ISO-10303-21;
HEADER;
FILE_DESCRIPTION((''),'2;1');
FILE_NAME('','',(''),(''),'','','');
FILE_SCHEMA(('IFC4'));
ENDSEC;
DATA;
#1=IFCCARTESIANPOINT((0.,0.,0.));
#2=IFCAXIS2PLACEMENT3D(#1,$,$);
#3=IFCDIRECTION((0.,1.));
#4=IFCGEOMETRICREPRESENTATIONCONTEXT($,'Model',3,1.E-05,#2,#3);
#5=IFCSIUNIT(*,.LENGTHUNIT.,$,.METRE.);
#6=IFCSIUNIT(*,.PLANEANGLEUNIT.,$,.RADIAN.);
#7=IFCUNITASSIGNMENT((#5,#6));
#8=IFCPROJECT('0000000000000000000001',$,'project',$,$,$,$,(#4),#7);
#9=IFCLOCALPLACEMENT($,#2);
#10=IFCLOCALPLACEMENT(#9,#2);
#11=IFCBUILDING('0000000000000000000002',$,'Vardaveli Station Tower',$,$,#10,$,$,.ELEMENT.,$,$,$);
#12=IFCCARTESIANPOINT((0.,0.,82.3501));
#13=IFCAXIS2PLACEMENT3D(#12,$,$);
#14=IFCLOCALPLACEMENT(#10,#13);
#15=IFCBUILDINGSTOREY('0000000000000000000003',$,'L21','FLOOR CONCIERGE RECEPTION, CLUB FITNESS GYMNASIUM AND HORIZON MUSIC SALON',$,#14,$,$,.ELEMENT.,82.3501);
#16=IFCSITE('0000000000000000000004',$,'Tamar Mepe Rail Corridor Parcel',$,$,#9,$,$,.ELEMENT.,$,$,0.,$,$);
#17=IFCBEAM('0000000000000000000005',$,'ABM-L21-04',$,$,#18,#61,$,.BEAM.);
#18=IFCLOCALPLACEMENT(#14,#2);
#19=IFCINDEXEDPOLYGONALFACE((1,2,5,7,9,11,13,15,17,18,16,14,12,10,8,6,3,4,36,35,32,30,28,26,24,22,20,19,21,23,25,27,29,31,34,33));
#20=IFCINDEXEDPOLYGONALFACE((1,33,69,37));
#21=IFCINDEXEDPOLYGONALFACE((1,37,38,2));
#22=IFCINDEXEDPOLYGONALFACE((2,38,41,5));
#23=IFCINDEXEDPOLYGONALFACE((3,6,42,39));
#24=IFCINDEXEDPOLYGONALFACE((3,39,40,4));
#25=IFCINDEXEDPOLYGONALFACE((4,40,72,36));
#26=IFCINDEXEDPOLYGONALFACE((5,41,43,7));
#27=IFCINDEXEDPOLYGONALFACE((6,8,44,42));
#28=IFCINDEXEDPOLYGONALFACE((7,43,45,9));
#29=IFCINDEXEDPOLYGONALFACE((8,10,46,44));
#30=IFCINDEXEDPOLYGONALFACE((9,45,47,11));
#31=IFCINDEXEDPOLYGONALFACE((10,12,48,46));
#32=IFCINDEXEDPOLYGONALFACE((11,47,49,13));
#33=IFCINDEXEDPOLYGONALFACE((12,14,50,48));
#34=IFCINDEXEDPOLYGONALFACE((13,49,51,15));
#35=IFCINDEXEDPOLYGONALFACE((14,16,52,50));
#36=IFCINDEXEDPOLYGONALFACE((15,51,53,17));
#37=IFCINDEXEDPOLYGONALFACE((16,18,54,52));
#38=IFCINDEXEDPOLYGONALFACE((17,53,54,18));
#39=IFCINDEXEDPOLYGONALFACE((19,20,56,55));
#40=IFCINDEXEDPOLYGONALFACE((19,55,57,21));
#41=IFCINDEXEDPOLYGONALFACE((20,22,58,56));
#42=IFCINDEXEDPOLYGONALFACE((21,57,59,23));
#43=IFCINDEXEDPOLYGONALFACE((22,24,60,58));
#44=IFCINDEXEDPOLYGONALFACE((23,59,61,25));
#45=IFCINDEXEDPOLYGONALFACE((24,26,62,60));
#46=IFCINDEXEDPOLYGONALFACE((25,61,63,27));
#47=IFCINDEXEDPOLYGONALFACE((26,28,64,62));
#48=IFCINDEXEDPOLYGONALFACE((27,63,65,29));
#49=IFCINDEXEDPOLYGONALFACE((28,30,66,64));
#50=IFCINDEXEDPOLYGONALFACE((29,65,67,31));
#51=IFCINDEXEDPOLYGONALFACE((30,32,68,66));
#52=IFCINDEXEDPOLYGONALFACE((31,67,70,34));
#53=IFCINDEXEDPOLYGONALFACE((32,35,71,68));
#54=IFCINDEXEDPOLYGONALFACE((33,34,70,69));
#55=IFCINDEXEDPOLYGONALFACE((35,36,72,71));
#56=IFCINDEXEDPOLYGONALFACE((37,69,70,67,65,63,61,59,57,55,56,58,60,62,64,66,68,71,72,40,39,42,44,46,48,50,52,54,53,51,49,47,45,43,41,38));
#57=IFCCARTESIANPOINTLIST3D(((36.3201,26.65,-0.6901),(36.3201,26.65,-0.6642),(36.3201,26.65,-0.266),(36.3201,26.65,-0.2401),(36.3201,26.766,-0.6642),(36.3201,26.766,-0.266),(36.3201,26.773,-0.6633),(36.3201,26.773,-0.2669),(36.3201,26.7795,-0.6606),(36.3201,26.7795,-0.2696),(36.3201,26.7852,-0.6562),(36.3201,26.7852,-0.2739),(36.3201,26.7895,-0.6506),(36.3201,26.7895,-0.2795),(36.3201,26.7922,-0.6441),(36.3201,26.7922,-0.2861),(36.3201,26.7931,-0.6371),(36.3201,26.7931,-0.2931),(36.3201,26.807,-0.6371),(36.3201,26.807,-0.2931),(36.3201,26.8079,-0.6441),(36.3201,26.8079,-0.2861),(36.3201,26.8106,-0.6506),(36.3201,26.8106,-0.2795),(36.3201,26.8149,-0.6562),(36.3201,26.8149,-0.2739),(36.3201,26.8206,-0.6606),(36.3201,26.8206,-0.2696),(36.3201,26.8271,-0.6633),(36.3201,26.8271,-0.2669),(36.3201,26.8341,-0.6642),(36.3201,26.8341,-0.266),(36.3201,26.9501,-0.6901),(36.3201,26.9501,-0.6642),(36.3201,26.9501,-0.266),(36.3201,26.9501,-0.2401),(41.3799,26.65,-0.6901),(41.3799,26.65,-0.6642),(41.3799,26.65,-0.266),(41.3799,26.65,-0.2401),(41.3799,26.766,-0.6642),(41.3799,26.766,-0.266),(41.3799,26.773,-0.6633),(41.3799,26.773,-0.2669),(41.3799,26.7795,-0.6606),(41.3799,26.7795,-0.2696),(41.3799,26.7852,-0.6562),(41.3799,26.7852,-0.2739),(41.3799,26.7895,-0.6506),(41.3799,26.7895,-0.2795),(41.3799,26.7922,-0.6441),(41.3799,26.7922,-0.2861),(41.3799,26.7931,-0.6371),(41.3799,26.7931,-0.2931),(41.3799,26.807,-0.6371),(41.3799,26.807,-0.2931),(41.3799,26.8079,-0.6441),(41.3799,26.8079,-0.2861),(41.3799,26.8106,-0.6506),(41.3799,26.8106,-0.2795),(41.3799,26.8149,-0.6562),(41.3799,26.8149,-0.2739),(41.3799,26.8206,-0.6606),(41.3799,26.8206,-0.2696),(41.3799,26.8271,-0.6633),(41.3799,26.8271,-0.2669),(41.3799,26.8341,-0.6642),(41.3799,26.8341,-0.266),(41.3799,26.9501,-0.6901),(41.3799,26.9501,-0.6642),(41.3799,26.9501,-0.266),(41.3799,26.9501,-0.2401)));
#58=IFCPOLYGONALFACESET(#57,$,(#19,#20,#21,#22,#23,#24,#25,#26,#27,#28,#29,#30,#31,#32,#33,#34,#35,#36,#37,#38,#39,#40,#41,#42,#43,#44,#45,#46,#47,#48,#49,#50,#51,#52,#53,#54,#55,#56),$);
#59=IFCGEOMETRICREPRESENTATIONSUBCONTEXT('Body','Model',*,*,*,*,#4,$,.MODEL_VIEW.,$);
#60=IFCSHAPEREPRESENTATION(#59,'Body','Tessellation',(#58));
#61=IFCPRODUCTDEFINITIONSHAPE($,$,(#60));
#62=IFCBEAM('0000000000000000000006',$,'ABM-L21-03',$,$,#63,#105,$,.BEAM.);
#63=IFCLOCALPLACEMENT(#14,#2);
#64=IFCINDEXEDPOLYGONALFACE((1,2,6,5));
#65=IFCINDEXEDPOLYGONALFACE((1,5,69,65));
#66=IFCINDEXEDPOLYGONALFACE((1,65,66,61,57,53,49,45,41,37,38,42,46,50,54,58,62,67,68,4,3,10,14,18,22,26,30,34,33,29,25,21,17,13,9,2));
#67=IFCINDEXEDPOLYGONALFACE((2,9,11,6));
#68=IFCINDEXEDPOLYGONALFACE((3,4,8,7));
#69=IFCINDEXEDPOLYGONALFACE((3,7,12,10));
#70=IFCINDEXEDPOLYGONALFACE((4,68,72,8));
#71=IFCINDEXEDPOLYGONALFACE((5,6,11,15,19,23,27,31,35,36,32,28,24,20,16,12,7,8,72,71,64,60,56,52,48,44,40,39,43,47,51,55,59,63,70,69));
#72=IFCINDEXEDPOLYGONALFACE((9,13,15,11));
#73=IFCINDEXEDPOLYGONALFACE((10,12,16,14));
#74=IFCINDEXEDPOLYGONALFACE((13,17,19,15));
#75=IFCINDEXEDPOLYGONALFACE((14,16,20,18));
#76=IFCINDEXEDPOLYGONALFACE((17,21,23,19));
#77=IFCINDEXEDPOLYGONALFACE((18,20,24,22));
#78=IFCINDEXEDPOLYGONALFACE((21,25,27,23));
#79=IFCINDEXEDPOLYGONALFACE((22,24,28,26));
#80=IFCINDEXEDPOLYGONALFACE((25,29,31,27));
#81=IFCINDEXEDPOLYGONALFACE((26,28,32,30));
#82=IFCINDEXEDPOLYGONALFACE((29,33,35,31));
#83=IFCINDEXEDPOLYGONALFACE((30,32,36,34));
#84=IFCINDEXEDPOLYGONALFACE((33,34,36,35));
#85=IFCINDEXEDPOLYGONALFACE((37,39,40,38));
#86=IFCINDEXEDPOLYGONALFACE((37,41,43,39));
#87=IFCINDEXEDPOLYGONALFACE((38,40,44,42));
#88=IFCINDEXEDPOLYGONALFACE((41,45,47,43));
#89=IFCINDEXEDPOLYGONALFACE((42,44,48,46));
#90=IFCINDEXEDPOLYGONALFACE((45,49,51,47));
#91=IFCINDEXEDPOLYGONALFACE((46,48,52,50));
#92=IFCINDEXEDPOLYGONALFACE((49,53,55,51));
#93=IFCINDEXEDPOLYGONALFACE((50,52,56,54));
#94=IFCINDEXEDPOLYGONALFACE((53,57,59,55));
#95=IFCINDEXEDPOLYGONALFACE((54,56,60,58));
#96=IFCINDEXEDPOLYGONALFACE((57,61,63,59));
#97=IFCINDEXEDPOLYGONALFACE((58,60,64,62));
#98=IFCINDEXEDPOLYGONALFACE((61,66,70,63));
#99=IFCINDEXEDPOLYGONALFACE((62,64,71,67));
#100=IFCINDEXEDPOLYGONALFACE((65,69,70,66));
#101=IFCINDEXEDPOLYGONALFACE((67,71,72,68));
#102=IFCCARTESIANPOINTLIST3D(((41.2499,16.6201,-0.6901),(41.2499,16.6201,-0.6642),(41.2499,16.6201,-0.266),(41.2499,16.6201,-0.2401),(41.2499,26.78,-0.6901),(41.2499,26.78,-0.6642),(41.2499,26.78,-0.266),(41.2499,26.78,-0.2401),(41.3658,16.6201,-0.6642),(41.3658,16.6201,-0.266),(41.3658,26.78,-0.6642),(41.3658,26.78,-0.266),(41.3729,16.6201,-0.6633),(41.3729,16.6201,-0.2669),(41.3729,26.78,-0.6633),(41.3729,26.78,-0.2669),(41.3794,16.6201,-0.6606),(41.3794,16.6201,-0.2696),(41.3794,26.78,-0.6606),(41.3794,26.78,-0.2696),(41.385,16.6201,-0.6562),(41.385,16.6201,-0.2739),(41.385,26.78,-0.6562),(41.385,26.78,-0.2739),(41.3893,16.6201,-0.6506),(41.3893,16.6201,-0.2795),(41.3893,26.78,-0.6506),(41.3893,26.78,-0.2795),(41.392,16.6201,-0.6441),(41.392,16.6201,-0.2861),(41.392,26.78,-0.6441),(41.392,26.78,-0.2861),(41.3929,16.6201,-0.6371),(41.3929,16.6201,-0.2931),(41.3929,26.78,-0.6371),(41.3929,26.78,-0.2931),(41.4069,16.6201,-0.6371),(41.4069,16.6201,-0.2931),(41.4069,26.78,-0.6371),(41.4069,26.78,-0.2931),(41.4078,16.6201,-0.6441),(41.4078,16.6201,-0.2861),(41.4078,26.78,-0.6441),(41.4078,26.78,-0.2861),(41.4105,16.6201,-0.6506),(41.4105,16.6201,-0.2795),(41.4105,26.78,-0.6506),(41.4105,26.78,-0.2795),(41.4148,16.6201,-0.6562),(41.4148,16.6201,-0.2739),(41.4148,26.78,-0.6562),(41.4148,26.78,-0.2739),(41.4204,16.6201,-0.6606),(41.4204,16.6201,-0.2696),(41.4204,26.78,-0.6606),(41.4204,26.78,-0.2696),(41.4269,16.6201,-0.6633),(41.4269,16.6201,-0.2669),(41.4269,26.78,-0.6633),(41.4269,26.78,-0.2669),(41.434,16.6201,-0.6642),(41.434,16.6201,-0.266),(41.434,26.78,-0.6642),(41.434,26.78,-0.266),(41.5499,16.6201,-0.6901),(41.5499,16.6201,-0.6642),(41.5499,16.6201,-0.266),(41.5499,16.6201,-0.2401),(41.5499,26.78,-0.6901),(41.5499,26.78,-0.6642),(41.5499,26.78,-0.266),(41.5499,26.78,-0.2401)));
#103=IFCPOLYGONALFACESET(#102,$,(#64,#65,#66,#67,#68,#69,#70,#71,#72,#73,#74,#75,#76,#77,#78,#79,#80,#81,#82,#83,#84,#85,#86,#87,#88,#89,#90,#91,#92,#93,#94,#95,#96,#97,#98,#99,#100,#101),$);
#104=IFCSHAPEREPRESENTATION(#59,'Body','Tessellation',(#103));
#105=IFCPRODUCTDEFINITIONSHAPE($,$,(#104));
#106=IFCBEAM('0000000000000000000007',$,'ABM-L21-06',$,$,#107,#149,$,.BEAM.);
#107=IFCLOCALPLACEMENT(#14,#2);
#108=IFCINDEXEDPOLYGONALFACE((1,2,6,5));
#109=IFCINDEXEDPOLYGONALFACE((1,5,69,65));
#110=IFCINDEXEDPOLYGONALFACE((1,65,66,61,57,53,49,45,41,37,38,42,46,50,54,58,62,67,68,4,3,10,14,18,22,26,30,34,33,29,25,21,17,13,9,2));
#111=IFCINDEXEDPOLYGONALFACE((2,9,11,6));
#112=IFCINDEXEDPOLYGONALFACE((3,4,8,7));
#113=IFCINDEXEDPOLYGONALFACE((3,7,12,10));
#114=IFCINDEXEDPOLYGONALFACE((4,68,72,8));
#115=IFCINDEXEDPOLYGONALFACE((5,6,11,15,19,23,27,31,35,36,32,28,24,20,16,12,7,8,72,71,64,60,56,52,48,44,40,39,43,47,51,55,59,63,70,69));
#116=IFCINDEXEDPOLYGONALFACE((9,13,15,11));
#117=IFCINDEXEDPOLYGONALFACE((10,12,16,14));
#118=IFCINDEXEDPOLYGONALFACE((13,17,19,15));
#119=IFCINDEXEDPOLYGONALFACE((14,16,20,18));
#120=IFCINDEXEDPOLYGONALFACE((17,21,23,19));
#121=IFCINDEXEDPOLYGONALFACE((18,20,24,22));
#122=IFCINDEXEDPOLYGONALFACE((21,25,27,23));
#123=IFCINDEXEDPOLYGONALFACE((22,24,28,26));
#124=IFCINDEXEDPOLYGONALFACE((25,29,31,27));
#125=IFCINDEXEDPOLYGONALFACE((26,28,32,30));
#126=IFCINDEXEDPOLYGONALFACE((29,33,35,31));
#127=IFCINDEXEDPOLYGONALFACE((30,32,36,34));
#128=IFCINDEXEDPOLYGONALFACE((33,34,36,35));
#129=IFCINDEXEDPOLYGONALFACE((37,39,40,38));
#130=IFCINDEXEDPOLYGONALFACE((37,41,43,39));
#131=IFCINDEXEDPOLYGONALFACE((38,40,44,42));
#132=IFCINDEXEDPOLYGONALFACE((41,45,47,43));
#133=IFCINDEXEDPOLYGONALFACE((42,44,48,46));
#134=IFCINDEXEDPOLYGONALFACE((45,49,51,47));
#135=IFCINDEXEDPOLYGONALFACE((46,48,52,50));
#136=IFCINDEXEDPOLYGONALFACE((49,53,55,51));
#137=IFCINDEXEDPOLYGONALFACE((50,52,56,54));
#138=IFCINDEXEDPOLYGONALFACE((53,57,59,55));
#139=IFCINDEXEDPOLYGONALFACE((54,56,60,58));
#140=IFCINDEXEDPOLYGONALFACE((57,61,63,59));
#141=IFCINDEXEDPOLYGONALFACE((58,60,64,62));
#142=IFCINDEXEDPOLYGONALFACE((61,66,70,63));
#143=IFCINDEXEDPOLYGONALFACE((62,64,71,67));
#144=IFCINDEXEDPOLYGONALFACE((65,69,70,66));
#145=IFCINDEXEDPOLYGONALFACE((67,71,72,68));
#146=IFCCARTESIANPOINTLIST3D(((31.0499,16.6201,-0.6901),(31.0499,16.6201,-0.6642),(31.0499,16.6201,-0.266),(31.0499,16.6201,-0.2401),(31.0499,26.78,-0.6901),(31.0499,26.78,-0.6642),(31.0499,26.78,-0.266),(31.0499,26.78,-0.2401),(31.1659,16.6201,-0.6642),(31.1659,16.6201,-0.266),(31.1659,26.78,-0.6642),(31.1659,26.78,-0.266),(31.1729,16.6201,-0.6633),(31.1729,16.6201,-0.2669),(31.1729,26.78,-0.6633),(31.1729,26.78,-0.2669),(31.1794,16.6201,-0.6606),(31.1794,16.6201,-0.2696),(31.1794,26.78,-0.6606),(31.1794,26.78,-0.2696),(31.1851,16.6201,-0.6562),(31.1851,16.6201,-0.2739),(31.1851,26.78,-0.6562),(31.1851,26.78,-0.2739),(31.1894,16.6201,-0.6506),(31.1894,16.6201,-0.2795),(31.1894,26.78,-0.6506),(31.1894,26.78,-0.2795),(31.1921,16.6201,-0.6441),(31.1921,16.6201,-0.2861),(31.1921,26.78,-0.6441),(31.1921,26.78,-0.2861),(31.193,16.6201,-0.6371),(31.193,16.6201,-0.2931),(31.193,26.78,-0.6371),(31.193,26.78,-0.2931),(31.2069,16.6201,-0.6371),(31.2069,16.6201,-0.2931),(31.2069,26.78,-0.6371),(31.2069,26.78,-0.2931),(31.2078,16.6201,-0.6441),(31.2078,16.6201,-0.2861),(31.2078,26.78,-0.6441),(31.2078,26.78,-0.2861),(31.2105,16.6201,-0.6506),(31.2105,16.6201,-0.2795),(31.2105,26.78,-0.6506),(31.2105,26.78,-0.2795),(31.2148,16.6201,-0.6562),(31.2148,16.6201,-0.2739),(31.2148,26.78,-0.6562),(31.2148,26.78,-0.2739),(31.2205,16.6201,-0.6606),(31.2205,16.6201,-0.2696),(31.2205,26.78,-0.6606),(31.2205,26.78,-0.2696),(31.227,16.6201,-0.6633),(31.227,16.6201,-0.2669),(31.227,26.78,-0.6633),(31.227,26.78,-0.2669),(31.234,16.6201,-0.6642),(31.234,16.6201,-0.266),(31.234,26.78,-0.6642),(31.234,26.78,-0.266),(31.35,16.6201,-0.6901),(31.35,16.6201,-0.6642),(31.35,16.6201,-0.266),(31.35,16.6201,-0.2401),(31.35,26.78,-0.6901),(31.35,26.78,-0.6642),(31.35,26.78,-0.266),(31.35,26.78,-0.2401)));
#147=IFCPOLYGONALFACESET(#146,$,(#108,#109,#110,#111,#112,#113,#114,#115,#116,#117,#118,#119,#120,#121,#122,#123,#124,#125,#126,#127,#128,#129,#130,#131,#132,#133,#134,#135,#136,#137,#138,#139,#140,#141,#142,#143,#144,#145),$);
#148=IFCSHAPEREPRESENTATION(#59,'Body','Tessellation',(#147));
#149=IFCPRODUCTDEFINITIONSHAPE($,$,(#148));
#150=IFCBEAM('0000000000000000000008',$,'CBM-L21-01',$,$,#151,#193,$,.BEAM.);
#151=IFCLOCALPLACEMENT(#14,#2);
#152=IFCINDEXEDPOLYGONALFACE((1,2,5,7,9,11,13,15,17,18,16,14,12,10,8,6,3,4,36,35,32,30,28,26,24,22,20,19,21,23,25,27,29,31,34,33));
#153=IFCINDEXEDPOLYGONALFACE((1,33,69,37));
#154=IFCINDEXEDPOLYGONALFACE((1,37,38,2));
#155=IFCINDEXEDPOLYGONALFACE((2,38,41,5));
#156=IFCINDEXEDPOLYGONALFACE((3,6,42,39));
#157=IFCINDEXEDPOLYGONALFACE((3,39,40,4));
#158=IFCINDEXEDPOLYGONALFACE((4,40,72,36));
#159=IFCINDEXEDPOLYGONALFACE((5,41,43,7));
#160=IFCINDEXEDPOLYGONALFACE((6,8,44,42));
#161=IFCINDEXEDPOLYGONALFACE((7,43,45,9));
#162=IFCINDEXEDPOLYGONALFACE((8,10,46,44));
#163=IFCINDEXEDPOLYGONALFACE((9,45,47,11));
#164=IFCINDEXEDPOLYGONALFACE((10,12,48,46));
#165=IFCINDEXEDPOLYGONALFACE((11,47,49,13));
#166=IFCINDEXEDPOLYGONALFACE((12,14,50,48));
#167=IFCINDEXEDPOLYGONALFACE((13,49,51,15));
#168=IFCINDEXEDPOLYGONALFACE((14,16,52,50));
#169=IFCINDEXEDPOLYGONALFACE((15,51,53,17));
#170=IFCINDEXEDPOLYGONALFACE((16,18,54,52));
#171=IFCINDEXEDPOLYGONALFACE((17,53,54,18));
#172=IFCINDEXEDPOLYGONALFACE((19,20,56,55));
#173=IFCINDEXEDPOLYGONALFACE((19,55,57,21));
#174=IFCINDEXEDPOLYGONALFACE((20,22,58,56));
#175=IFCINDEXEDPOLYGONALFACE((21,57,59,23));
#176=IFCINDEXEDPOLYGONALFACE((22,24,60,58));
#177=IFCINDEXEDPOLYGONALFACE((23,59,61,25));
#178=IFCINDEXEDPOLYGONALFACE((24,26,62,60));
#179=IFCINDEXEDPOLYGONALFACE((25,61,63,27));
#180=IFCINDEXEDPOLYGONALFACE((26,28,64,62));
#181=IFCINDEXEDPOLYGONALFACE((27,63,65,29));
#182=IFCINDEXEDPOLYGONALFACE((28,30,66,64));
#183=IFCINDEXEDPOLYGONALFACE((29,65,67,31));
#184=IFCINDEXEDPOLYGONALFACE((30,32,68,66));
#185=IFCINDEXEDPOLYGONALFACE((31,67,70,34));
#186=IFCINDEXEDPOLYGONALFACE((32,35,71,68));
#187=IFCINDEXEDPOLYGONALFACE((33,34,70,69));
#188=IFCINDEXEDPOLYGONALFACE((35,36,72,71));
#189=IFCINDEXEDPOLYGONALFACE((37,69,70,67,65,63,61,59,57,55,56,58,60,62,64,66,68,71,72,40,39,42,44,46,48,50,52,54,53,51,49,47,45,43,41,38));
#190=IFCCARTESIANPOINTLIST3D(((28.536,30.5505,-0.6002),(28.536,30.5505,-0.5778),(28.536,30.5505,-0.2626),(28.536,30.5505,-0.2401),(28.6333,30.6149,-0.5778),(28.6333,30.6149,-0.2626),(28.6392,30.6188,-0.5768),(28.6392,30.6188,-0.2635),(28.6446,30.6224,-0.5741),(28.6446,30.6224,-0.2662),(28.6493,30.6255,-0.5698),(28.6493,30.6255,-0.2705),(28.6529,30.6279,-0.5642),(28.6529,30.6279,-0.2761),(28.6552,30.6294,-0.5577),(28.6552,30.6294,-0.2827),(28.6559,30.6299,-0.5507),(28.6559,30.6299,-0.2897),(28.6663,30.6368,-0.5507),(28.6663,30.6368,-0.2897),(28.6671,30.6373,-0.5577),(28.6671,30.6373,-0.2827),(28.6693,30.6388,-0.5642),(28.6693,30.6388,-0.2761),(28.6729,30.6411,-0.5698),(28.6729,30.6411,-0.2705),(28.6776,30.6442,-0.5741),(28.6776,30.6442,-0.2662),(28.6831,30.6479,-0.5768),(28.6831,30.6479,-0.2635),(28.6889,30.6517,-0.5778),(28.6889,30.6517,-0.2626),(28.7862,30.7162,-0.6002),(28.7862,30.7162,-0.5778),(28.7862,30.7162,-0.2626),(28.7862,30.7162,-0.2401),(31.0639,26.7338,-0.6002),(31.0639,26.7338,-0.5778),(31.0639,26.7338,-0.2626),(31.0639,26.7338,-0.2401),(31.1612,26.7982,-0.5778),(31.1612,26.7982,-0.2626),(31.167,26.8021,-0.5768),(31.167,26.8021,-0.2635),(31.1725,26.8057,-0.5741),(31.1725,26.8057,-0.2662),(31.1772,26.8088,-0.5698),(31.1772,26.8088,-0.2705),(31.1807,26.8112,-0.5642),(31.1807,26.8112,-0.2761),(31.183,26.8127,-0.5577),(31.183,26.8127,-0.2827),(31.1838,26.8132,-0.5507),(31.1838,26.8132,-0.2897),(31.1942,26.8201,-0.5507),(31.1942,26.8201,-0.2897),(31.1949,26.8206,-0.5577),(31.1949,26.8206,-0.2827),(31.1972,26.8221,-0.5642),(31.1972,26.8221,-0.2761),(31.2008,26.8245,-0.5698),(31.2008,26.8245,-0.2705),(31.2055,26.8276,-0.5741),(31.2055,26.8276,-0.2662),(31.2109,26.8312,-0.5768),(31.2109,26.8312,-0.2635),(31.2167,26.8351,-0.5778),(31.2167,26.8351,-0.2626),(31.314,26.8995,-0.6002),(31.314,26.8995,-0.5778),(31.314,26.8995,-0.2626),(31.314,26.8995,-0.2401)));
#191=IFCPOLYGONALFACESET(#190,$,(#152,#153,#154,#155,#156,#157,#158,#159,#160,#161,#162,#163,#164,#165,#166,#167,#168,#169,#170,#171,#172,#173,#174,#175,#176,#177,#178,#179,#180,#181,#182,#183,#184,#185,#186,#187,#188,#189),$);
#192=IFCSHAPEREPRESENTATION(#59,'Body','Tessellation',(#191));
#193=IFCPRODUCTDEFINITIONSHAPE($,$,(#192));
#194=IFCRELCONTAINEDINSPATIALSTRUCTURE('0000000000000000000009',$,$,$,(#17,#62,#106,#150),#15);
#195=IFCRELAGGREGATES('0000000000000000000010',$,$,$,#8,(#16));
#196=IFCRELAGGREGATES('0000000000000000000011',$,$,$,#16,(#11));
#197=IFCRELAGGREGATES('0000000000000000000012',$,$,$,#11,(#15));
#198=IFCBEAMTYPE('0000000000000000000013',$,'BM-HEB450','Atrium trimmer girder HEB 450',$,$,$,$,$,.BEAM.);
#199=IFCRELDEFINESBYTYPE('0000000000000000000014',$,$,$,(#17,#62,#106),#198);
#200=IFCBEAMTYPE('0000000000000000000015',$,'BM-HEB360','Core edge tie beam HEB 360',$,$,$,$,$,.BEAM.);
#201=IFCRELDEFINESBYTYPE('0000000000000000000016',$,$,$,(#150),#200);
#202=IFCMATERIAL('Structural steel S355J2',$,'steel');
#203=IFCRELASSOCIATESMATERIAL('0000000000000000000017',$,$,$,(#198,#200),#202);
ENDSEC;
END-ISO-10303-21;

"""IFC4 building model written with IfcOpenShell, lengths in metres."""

from ifc_helpers import new_model, si_unit, direction, frame, origin, origin_2d, place, context, subcontext, project, spatial, i_section, extrude, source, transform, mapped, material, material_profile, profile_set, type_object, element, save


model = new_model("IFC4")

# Units and contexts
model_context = context("Model", 3, precision=1e-05, world=origin(), true_north=direction((0.0, 1.0)))
body_context = subcontext(model_context, "Body", "Model", "MODEL_VIEW")
ifc_project = project(units=[si_unit("LENGTHUNIT", "METRE"), si_unit("PLANEANGLEUNIT", "RADIAN")], contexts=[model_context])

# Site, building, storey
site_placement = place(None, origin())
site = spatial("IfcSite", under=ifc_project, at=site_placement, Name="Tamar Mepe Rail Corridor Parcel", CompositionType="ELEMENT", RefElevation=0.0)
building_placement = place(site_placement, origin())
building = spatial("IfcBuilding", under=site, at=building_placement, Name="Vardaveli Station Tower", CompositionType="ELEMENT")
storey_placement = place(building_placement, frame((0.0, 0.0, 82.3501)))
storey = spatial("IfcBuildingStorey", under=building, at=storey_placement, Name="L21", Description="FLOOR CONCIERGE RECEPTION, CLUB FITNESS GYMNASIUM AND HORIZON MUSIC SALON", CompositionType="ELEMENT", Elevation=82.3501)

# Beams
ifc_material_1 = material(Name="Structural steel S355J2", Category="steel")
ifc_material_profile_1 = material_profile(ifc_material_1, i_section(OverallWidth=0.3, OverallDepth=0.45, WebThickness=0.0139, FlangeThickness=0.0259, FilletRadius=0.0271, at=origin_2d()), Name="HEB 450")
ifc_profile_set_1 = profile_set([ifc_material_profile_1], Name="Structural steel S355J2")
beam_type_1 = type_object("IfcBeamType", Name="BM-HEB450", Description="Atrium trimmer girder HEB 450", PredefinedType="BEAM", material=ifc_profile_set_1)
shared_shape_1 = source(origin(), body_context, "Body", "SweptSolid", [
    extrude(i_section(OverallWidth=0.3, OverallDepth=0.45, WebThickness=0.0139, FlangeThickness=0.0259, FilletRadius=0.0271, at=origin_2d()), origin(), (0.0, 0.0, 1.0), 5.0598),
])
beam_1_placement = place(storey_placement, frame((41.3799, 26.8, -0.4651), z_axis=(-1.0, 0.0, 0.0), x_axis=(0.0, -1.0, 0.0)))
element("IfcBeam", 1, at=beam_1_placement, inside=storey, type_object=beam_type_1, Name="ABM-L21-04", PredefinedType="BEAM", context=body_context, shape_type="MappedRepresentation", body=[
    mapped(shared_shape_1, transform((0.0, 0.0, 0.0), scale=1.0)),
])
shared_shape_2 = source(origin(), body_context, "Body", "SweptSolid", [
    extrude(i_section(OverallWidth=0.3, OverallDepth=0.45, WebThickness=0.0139, FlangeThickness=0.0259, FilletRadius=0.0271, at=origin_2d()), origin(), (0.0, 0.0, 1.0), 10.1599),
])
for number, where, z_axis, x_axis, name in (
    (2, (41.3999, 16.6201, -0.4651), (0.0, 1.0, 0.0), (-1.0, 0.0, 0.0), "ABM-L21-03"),
    (3, (31.2, 26.78, -0.4651), (0.0, -1.0, 0.0), (1.0, 0.0, 0.0), "ABM-L21-06"),
):
    element("IfcBeam", number, at=place(storey_placement, frame(where, z_axis=z_axis, x_axis=x_axis)), inside=storey, type_object=beam_type_1, Name=name, PredefinedType="BEAM", context=body_context, shape_type="MappedRepresentation", body=[
        mapped(shared_shape_2, transform((0.0, 0.0, 0.0), scale=1.0)),
    ])
ifc_material_profile_2 = material_profile(ifc_material_1, i_section(OverallWidth=0.3, OverallDepth=0.3601, WebThickness=0.0125, FlangeThickness=0.0225, FilletRadius=0.0271, at=origin_2d()), Name="HEB 360")
ifc_profile_set_2 = profile_set([ifc_material_profile_2], Name="Structural steel S355J2")
beam_type_2 = type_object("IfcBeamType", Name="BM-HEB360", Description="Core edge tie beam HEB 360", PredefinedType="BEAM", material=ifc_profile_set_2)
shared_shape_3 = source(origin(), body_context, "Body", "SweptSolid", [
    extrude(i_section(OverallWidth=0.3, OverallDepth=0.3601, WebThickness=0.0125, FlangeThickness=0.0225, FilletRadius=0.0271, at=origin_2d()), origin(), (0.0, 0.0, 1.0), 4.5779),
])
beam_2_placement = place(storey_placement, frame((31.189, 26.8167, -0.4202), z_axis=(-0.552187, 0.83372, 0.0), x_axis=(-0.83372, -0.552187, 0.0)))
element("IfcBeam", 4, at=beam_2_placement, inside=storey, type_object=beam_type_2, Name="CBM-L21-01", PredefinedType="BEAM", context=body_context, shape_type="MappedRepresentation", body=[
    mapped(shared_shape_3, transform((0.0, 0.0, 0.0), scale=1.0)),
])

save(model, "model.ifc")
